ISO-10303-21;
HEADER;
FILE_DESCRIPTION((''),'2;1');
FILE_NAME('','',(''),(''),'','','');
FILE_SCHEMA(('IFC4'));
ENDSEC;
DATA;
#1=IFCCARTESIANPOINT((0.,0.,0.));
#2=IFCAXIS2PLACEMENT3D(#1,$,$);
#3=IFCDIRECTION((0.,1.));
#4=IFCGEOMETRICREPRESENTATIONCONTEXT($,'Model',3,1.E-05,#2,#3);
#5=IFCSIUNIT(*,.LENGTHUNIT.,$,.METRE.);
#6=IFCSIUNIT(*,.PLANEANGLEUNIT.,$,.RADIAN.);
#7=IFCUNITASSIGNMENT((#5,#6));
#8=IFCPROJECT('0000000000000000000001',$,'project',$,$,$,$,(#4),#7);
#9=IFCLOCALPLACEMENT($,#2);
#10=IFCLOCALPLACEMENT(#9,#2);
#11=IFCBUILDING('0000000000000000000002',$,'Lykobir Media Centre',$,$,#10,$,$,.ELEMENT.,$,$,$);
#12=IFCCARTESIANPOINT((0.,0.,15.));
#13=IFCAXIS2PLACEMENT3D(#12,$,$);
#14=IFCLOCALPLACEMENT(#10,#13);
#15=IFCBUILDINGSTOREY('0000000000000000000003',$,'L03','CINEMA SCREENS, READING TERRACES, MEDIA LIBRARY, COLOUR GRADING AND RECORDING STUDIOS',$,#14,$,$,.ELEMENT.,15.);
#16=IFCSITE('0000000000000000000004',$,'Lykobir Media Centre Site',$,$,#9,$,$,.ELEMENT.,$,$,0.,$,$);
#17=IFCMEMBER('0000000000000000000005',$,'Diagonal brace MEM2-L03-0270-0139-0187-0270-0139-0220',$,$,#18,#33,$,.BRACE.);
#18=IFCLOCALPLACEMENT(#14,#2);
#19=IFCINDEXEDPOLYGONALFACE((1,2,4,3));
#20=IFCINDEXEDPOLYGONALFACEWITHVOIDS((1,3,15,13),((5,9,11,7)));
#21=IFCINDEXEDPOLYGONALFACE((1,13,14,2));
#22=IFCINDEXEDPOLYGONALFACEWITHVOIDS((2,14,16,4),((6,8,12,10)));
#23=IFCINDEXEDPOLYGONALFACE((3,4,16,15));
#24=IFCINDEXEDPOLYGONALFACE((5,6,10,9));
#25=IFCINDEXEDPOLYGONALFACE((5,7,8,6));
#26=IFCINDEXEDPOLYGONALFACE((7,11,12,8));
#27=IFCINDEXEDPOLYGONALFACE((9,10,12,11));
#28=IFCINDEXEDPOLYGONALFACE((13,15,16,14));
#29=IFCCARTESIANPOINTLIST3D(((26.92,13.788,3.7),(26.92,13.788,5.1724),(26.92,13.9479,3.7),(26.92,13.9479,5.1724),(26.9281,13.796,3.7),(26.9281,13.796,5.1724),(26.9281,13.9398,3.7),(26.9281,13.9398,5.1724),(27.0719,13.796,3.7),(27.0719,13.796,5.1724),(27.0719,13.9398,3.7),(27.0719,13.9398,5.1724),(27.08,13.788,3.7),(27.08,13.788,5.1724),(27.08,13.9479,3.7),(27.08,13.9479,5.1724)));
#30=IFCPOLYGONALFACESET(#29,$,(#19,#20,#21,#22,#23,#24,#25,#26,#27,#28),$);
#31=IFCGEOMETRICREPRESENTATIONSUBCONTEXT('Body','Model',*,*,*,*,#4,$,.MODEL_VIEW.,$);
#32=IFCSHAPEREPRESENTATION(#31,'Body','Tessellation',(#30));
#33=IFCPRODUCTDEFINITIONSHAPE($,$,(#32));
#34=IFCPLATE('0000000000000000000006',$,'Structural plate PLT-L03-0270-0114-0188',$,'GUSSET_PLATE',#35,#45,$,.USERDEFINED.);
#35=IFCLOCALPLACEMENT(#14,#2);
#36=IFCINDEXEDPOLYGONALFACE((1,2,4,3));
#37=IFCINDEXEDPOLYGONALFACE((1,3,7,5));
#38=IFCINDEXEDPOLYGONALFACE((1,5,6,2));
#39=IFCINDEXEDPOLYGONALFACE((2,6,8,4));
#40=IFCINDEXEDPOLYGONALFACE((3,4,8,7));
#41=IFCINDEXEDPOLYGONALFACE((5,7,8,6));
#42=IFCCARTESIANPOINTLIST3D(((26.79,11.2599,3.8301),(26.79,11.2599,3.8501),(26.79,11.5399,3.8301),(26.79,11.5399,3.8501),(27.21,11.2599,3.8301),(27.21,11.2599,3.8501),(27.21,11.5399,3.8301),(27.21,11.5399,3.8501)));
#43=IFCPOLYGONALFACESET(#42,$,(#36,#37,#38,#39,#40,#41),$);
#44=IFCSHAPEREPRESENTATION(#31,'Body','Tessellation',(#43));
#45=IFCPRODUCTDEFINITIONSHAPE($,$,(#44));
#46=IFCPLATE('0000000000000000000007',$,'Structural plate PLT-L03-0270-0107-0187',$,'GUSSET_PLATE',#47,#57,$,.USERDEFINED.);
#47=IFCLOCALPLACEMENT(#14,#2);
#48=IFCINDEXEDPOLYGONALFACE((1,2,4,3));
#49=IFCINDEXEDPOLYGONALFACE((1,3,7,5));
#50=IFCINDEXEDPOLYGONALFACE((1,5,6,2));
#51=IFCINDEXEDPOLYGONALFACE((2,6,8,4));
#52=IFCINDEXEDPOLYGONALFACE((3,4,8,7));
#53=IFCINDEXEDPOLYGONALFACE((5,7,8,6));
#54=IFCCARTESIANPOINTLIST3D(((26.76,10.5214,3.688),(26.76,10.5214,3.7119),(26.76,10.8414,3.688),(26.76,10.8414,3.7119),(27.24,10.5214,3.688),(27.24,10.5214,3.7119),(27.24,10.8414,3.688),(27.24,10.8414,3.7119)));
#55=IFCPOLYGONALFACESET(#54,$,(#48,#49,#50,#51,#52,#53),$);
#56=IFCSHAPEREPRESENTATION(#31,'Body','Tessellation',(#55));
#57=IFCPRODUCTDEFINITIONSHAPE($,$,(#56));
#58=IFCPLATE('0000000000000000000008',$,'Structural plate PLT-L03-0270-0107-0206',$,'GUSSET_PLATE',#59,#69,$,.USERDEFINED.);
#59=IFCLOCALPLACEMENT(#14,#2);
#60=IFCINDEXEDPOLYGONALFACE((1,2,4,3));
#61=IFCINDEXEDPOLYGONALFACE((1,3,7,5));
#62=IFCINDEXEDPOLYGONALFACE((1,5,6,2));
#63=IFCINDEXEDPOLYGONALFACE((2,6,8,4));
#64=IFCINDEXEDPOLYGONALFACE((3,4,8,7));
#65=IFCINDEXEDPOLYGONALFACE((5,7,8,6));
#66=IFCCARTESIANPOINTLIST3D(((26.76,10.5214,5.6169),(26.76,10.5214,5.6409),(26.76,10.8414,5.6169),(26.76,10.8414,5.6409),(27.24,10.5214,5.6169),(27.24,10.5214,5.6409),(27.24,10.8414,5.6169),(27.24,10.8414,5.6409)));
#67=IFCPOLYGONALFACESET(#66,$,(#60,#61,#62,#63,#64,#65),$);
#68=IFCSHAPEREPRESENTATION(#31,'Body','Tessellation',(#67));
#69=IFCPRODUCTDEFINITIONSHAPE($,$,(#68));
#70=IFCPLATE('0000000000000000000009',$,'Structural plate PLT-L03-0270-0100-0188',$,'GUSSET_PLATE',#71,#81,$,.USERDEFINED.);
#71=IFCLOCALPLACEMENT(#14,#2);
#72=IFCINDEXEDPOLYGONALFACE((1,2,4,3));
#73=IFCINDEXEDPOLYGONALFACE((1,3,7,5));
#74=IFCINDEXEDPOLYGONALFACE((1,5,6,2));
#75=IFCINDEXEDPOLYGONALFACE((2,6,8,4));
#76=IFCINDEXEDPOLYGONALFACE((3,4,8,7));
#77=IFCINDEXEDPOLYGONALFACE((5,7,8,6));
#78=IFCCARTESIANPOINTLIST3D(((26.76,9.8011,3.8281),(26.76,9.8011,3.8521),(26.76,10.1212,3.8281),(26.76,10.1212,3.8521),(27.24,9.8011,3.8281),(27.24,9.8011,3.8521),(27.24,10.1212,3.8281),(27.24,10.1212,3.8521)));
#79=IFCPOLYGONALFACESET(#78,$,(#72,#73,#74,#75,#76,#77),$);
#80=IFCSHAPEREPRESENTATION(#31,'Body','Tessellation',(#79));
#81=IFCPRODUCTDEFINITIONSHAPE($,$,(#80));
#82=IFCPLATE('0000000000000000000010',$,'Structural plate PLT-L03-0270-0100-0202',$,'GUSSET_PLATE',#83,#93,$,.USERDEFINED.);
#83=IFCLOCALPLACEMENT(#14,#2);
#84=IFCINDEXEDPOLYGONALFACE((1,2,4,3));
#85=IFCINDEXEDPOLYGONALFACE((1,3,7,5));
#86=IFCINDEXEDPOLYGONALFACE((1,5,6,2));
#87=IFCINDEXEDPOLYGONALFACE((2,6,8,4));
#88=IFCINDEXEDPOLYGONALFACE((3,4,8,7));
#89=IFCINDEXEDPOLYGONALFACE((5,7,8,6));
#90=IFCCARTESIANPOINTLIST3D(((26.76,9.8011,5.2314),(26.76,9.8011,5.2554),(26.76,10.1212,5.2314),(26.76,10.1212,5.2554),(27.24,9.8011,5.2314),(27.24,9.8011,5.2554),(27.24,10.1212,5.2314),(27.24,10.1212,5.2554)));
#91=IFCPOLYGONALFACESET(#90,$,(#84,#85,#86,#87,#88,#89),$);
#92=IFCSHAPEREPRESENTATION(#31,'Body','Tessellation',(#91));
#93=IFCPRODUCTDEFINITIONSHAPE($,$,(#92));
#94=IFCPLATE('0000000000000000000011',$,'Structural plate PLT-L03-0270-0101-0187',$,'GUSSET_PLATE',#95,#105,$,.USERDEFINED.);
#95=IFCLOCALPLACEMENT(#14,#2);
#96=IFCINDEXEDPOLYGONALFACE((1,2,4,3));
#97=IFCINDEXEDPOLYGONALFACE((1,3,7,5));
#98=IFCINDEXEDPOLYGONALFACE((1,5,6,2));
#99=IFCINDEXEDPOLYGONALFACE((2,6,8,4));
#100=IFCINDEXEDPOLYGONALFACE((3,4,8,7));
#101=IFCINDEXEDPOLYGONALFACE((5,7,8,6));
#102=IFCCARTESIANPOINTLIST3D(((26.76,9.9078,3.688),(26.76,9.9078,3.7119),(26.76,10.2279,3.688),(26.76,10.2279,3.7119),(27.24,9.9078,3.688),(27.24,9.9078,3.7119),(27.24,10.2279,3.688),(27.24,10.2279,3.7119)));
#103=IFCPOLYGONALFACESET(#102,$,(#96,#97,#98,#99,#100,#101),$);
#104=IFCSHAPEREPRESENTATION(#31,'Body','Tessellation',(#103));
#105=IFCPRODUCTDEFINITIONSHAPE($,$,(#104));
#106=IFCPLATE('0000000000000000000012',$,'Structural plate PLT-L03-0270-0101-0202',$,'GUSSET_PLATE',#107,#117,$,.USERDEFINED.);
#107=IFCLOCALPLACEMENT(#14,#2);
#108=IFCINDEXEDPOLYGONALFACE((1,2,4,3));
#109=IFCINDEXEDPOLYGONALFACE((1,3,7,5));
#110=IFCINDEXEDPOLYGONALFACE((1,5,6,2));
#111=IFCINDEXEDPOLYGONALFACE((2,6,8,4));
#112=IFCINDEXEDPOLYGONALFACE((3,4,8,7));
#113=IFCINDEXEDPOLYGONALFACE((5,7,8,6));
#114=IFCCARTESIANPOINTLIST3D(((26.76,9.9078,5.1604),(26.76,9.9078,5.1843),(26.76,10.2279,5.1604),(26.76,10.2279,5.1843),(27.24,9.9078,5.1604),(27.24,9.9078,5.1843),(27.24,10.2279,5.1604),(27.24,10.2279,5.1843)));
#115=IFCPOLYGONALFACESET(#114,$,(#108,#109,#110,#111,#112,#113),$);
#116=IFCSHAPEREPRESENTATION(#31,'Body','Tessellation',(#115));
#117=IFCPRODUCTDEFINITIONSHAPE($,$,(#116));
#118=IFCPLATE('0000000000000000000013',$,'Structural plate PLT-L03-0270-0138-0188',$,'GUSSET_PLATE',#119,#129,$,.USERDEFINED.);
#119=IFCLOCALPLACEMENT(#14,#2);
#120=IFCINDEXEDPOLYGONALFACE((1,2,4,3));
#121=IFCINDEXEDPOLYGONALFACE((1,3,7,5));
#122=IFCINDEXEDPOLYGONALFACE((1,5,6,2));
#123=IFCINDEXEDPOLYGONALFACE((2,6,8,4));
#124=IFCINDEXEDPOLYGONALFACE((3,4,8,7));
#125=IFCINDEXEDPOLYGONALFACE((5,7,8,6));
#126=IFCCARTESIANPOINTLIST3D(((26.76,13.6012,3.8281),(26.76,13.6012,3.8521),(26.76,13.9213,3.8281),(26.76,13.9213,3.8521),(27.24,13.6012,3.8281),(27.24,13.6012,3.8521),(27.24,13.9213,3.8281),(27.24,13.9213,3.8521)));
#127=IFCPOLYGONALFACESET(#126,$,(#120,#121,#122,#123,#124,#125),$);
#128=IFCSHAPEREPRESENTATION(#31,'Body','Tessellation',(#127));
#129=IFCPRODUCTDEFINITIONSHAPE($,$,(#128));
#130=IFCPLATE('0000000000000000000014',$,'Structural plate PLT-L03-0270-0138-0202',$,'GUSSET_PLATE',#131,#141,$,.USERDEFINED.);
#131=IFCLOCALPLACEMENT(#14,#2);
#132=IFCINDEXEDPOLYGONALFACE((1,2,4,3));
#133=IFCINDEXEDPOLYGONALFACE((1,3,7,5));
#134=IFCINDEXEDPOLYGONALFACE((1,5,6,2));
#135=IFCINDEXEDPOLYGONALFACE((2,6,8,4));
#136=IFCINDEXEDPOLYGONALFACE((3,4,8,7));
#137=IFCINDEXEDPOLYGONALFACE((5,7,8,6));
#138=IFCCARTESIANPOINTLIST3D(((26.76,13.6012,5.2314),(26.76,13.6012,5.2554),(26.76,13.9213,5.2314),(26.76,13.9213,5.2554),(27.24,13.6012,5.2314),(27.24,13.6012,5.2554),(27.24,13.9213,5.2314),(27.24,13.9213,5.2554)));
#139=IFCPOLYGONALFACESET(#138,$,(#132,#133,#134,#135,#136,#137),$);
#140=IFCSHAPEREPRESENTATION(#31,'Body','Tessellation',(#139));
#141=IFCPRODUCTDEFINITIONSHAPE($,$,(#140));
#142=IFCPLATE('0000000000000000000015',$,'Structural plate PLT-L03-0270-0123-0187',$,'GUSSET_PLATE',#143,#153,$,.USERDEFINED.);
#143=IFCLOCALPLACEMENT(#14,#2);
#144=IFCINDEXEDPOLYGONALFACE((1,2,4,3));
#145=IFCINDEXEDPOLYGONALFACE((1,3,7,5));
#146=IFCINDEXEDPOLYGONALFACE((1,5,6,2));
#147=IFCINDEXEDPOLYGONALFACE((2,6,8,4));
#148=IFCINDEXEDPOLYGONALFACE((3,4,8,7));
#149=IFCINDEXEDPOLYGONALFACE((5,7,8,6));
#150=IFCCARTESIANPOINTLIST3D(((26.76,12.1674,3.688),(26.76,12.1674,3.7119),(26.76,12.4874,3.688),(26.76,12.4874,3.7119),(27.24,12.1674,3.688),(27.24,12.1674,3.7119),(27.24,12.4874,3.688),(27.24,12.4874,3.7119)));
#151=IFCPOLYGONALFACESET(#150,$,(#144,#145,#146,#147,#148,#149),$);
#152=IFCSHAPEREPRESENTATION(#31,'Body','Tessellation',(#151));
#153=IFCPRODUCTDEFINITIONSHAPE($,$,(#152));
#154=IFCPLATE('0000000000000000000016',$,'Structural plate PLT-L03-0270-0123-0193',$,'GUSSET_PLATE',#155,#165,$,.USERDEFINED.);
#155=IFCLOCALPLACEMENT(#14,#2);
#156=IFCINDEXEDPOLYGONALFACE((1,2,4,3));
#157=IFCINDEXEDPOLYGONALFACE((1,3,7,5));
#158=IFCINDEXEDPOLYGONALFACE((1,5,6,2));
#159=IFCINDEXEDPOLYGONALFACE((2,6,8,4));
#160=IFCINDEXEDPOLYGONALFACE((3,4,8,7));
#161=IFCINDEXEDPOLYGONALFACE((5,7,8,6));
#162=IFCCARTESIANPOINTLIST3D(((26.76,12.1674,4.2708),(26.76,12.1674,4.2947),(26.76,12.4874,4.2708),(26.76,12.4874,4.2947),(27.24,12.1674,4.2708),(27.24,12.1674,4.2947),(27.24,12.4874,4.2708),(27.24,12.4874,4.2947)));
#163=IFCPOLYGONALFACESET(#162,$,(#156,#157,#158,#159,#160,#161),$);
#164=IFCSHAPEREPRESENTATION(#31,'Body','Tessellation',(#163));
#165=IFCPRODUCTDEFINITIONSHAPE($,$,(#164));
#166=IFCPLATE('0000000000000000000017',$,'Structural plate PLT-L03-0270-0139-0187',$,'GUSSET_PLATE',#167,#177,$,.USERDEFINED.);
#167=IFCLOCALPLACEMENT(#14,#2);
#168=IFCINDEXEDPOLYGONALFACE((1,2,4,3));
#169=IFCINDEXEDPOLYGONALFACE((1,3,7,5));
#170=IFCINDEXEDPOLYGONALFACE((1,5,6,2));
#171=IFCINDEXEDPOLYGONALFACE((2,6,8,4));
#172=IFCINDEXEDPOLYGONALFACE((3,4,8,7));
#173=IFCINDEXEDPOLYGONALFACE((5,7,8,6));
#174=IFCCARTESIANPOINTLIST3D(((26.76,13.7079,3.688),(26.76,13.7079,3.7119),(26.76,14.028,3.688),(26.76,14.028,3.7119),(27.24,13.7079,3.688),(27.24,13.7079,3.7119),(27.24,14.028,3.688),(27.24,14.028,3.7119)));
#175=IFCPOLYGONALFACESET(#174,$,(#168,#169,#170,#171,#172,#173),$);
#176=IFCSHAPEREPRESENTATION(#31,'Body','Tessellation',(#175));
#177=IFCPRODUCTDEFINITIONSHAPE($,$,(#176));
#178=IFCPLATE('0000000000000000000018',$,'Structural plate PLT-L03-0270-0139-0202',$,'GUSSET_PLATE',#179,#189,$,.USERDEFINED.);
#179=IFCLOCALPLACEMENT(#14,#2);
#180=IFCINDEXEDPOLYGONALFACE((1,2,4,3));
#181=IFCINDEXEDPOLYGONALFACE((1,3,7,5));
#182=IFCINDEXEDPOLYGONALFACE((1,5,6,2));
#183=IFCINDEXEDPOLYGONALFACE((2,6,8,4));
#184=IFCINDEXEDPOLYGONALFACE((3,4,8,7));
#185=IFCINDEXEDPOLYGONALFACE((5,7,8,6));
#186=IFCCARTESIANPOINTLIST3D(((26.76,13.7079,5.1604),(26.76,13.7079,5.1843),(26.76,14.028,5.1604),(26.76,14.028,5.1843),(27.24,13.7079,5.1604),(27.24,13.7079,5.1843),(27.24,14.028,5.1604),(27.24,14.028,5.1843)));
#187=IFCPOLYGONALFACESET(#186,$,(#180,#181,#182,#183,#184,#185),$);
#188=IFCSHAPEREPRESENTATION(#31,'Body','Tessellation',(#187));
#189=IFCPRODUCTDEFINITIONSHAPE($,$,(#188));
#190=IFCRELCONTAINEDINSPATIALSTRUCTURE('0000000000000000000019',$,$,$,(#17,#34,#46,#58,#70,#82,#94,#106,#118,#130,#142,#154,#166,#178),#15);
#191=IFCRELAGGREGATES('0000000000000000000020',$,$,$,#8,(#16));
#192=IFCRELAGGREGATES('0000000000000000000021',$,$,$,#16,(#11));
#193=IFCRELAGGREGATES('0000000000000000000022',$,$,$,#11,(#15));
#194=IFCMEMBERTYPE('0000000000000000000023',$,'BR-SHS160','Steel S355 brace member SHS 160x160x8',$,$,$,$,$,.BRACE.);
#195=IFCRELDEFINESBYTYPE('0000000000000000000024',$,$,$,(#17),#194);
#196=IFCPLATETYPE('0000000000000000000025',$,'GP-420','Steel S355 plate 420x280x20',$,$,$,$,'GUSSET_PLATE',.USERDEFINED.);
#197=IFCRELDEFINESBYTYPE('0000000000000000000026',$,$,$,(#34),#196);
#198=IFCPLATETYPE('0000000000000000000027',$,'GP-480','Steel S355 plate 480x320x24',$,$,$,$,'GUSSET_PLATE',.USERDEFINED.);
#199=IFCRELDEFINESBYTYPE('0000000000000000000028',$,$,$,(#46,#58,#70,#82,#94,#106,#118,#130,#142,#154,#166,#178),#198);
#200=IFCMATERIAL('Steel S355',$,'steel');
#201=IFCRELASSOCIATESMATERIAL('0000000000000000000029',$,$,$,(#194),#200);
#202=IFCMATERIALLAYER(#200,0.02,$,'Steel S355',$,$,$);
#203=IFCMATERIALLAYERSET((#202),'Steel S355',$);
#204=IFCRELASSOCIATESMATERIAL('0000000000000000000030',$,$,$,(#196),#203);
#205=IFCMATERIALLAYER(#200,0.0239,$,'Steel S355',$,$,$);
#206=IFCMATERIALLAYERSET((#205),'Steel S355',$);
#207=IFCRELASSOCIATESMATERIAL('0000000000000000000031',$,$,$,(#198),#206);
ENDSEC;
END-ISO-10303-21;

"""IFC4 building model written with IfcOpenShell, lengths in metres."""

from ifc_helpers import new_model, si_unit, direction, frame, origin, origin_2d, place, context, subcontext, project, spatial, rectangle, hollow_rectangle, extrude, material, layer, layer_set, material_profile, profile_set, type_object, element, save


model = new_model("IFC4")

# Units and contexts
model_context = context("Model", 3, precision=1e-05, world=origin(), true_north=direction((0.0, 1.0)))
body_context = subcontext(model_context, "Body", "Model", "MODEL_VIEW")
ifc_project = project(units=[si_unit("LENGTHUNIT", "METRE"), si_unit("PLANEANGLEUNIT", "RADIAN")], contexts=[model_context])

# Site, building, storey
site_placement = place(None, origin())
site = spatial("IfcSite", under=ifc_project, at=site_placement, Name="Lykobir Media Centre Site", CompositionType="ELEMENT", RefElevation=0.0)
building_placement = place(site_placement, origin())
building = spatial("IfcBuilding", under=site, at=building_placement, Name="Lykobir Media Centre", CompositionType="ELEMENT")
storey_placement = place(building_placement, frame((0.0, 0.0, 15.0)))
storey = spatial("IfcBuildingStorey", under=building, at=storey_placement, Name="L03", Description="CINEMA SCREENS, READING TERRACES, MEDIA LIBRARY, COLOUR GRADING AND RECORDING STUDIOS", CompositionType="ELEMENT", Elevation=15.0)

# Shared definitions
ifc_material = material(Name="Steel S355", Category="steel")

# Member
ifc_material_profile_1 = material_profile(ifc_material, hollow_rectangle(XDim=0.1599, YDim=0.1599, WallThickness=0.0081, at=origin_2d()), Name="SHS 160x160x8")
ifc_profile_set_1 = profile_set([ifc_material_profile_1], Name="Steel S355")
member_type_1 = type_object("IfcMemberType", Name="BR-SHS160", Description="Steel S355 brace member SHS 160x160x8", PredefinedType="BRACE", material=ifc_profile_set_1)
member_1_placement = place(storey_placement, frame((27.0, 13.8679, 3.7), z_axis=(0.0, 0.0, 1.0), x_axis=(1.0, 0.0, 0.0)))
element("IfcMember", 1, at=member_1_placement, inside=storey, type_object=member_type_1, Name="Diagonal brace MEM2-L03-0270-0139-0187-0270-0139-0220", PredefinedType="BRACE", context=body_context, shape_type="SweptSolid", body=[
    extrude(hollow_rectangle(XDim=0.1599, YDim=0.1599, WallThickness=0.0081, at=origin_2d()), origin(), (0.0, 0.0, 1.0), 1.4724),
])

# Plates
ifc_layer_1 = layer(ifc_material, 0.02, Name="Steel S355")
ifc_layer_set_1 = layer_set([ifc_layer_1], Name="Steel S355")
plate_type_1 = type_object("IfcPlateType", Name="GP-420", Description="Steel S355 plate 420x280x20", ElementType="GUSSET_PLATE", PredefinedType="USERDEFINED", material=ifc_layer_set_1)
plate_placement = place(storey_placement, frame((27.0, 11.3999, 3.8301), z_axis=(0.0, 0.0, 1.0), x_axis=(1.0, 0.0, 0.0)))
element("IfcPlate", 2, at=plate_placement, inside=storey, type_object=plate_type_1, Name="Structural plate PLT-L03-0270-0114-0188", ObjectType="GUSSET_PLATE", PredefinedType="USERDEFINED", context=body_context, shape_type="SweptSolid", body=[
    extrude(rectangle(XDim=0.4199, YDim=0.28, at=origin_2d()), origin(), (0.0, 0.0, 1.0), 0.02),
])
ifc_layer_2 = layer(ifc_material, 0.0239, Name="Steel S355")
ifc_layer_set_2 = layer_set([ifc_layer_2], Name="Steel S355")
plate_type_2 = type_object("IfcPlateType", Name="GP-480", Description="Steel S355 plate 480x320x24", ElementType="GUSSET_PLATE", PredefinedType="USERDEFINED", material=ifc_layer_set_2)
for number, where, z_axis, x_axis, name in (
    (3, (27.0, 10.6814, 3.688), (0.0, 0.0, 1.0), (1.0, 0.0, 0.0), "Structural plate PLT-L03-0270-0107-0187"),
    (4, (27.0, 10.6814, 5.6169), (0.0, 0.0, 1.0), (1.0, 0.0, 0.0), "Structural plate PLT-L03-0270-0107-0206"),
    (5, (27.0, 9.9612, 3.8281), (0.0, 0.0, 1.0), (1.0, 0.0, 0.0), "Structural plate PLT-L03-0270-0100-0188"),
    (6, (27.0, 9.9612, 5.2314), (0.0, 0.0, 1.0), (1.0, 0.0, 0.0), "Structural plate PLT-L03-0270-0100-0202"),
    (7, (27.0, 10.0679, 3.688), (0.0, 0.0, 1.0), (1.0, 0.0, 0.0), "Structural plate PLT-L03-0270-0101-0187"),
    (8, (27.0, 10.0679, 5.1604), (0.0, 0.0, 1.0), (1.0, 0.0, 0.0), "Structural plate PLT-L03-0270-0101-0202"),
    (9, (27.0, 13.7612, 3.8281), (0.0, 0.0, 1.0), (1.0, 0.0, 0.0), "Structural plate PLT-L03-0270-0138-0188"),
    (10, (27.0, 13.7612, 5.2314), (0.0, 0.0, 1.0), (1.0, 0.0, 0.0), "Structural plate PLT-L03-0270-0138-0202"),
    (11, (27.0, 12.3274, 3.688), (0.0, 0.0, 1.0), (1.0, 0.0, 0.0), "Structural plate PLT-L03-0270-0123-0187"),
    (12, (27.0, 12.3274, 4.2708), (0.0, 0.0, 1.0), (1.0, 0.0, 0.0), "Structural plate PLT-L03-0270-0123-0193"),
    (13, (27.0, 13.8679, 3.688), (0.0, 0.0, 1.0), (1.0, 0.0, 0.0), "Structural plate PLT-L03-0270-0139-0187"),
    (14, (27.0, 13.8679, 5.1604), (0.0, 0.0, 1.0), (1.0, 0.0, 0.0), "Structural plate PLT-L03-0270-0139-0202"),
):
    element("IfcPlate", number, at=place(storey_placement, frame(where, z_axis=z_axis, x_axis=x_axis)), inside=storey, type_object=plate_type_2, Name=name, ObjectType="GUSSET_PLATE", PredefinedType="USERDEFINED", context=body_context, shape_type="SweptSolid", body=[
        extrude(rectangle(XDim=0.48, YDim=0.3201, at=origin_2d()), origin(), (0.0, 0.0, 1.0), 0.0239),
    ])

save(model, "model.ifc")
